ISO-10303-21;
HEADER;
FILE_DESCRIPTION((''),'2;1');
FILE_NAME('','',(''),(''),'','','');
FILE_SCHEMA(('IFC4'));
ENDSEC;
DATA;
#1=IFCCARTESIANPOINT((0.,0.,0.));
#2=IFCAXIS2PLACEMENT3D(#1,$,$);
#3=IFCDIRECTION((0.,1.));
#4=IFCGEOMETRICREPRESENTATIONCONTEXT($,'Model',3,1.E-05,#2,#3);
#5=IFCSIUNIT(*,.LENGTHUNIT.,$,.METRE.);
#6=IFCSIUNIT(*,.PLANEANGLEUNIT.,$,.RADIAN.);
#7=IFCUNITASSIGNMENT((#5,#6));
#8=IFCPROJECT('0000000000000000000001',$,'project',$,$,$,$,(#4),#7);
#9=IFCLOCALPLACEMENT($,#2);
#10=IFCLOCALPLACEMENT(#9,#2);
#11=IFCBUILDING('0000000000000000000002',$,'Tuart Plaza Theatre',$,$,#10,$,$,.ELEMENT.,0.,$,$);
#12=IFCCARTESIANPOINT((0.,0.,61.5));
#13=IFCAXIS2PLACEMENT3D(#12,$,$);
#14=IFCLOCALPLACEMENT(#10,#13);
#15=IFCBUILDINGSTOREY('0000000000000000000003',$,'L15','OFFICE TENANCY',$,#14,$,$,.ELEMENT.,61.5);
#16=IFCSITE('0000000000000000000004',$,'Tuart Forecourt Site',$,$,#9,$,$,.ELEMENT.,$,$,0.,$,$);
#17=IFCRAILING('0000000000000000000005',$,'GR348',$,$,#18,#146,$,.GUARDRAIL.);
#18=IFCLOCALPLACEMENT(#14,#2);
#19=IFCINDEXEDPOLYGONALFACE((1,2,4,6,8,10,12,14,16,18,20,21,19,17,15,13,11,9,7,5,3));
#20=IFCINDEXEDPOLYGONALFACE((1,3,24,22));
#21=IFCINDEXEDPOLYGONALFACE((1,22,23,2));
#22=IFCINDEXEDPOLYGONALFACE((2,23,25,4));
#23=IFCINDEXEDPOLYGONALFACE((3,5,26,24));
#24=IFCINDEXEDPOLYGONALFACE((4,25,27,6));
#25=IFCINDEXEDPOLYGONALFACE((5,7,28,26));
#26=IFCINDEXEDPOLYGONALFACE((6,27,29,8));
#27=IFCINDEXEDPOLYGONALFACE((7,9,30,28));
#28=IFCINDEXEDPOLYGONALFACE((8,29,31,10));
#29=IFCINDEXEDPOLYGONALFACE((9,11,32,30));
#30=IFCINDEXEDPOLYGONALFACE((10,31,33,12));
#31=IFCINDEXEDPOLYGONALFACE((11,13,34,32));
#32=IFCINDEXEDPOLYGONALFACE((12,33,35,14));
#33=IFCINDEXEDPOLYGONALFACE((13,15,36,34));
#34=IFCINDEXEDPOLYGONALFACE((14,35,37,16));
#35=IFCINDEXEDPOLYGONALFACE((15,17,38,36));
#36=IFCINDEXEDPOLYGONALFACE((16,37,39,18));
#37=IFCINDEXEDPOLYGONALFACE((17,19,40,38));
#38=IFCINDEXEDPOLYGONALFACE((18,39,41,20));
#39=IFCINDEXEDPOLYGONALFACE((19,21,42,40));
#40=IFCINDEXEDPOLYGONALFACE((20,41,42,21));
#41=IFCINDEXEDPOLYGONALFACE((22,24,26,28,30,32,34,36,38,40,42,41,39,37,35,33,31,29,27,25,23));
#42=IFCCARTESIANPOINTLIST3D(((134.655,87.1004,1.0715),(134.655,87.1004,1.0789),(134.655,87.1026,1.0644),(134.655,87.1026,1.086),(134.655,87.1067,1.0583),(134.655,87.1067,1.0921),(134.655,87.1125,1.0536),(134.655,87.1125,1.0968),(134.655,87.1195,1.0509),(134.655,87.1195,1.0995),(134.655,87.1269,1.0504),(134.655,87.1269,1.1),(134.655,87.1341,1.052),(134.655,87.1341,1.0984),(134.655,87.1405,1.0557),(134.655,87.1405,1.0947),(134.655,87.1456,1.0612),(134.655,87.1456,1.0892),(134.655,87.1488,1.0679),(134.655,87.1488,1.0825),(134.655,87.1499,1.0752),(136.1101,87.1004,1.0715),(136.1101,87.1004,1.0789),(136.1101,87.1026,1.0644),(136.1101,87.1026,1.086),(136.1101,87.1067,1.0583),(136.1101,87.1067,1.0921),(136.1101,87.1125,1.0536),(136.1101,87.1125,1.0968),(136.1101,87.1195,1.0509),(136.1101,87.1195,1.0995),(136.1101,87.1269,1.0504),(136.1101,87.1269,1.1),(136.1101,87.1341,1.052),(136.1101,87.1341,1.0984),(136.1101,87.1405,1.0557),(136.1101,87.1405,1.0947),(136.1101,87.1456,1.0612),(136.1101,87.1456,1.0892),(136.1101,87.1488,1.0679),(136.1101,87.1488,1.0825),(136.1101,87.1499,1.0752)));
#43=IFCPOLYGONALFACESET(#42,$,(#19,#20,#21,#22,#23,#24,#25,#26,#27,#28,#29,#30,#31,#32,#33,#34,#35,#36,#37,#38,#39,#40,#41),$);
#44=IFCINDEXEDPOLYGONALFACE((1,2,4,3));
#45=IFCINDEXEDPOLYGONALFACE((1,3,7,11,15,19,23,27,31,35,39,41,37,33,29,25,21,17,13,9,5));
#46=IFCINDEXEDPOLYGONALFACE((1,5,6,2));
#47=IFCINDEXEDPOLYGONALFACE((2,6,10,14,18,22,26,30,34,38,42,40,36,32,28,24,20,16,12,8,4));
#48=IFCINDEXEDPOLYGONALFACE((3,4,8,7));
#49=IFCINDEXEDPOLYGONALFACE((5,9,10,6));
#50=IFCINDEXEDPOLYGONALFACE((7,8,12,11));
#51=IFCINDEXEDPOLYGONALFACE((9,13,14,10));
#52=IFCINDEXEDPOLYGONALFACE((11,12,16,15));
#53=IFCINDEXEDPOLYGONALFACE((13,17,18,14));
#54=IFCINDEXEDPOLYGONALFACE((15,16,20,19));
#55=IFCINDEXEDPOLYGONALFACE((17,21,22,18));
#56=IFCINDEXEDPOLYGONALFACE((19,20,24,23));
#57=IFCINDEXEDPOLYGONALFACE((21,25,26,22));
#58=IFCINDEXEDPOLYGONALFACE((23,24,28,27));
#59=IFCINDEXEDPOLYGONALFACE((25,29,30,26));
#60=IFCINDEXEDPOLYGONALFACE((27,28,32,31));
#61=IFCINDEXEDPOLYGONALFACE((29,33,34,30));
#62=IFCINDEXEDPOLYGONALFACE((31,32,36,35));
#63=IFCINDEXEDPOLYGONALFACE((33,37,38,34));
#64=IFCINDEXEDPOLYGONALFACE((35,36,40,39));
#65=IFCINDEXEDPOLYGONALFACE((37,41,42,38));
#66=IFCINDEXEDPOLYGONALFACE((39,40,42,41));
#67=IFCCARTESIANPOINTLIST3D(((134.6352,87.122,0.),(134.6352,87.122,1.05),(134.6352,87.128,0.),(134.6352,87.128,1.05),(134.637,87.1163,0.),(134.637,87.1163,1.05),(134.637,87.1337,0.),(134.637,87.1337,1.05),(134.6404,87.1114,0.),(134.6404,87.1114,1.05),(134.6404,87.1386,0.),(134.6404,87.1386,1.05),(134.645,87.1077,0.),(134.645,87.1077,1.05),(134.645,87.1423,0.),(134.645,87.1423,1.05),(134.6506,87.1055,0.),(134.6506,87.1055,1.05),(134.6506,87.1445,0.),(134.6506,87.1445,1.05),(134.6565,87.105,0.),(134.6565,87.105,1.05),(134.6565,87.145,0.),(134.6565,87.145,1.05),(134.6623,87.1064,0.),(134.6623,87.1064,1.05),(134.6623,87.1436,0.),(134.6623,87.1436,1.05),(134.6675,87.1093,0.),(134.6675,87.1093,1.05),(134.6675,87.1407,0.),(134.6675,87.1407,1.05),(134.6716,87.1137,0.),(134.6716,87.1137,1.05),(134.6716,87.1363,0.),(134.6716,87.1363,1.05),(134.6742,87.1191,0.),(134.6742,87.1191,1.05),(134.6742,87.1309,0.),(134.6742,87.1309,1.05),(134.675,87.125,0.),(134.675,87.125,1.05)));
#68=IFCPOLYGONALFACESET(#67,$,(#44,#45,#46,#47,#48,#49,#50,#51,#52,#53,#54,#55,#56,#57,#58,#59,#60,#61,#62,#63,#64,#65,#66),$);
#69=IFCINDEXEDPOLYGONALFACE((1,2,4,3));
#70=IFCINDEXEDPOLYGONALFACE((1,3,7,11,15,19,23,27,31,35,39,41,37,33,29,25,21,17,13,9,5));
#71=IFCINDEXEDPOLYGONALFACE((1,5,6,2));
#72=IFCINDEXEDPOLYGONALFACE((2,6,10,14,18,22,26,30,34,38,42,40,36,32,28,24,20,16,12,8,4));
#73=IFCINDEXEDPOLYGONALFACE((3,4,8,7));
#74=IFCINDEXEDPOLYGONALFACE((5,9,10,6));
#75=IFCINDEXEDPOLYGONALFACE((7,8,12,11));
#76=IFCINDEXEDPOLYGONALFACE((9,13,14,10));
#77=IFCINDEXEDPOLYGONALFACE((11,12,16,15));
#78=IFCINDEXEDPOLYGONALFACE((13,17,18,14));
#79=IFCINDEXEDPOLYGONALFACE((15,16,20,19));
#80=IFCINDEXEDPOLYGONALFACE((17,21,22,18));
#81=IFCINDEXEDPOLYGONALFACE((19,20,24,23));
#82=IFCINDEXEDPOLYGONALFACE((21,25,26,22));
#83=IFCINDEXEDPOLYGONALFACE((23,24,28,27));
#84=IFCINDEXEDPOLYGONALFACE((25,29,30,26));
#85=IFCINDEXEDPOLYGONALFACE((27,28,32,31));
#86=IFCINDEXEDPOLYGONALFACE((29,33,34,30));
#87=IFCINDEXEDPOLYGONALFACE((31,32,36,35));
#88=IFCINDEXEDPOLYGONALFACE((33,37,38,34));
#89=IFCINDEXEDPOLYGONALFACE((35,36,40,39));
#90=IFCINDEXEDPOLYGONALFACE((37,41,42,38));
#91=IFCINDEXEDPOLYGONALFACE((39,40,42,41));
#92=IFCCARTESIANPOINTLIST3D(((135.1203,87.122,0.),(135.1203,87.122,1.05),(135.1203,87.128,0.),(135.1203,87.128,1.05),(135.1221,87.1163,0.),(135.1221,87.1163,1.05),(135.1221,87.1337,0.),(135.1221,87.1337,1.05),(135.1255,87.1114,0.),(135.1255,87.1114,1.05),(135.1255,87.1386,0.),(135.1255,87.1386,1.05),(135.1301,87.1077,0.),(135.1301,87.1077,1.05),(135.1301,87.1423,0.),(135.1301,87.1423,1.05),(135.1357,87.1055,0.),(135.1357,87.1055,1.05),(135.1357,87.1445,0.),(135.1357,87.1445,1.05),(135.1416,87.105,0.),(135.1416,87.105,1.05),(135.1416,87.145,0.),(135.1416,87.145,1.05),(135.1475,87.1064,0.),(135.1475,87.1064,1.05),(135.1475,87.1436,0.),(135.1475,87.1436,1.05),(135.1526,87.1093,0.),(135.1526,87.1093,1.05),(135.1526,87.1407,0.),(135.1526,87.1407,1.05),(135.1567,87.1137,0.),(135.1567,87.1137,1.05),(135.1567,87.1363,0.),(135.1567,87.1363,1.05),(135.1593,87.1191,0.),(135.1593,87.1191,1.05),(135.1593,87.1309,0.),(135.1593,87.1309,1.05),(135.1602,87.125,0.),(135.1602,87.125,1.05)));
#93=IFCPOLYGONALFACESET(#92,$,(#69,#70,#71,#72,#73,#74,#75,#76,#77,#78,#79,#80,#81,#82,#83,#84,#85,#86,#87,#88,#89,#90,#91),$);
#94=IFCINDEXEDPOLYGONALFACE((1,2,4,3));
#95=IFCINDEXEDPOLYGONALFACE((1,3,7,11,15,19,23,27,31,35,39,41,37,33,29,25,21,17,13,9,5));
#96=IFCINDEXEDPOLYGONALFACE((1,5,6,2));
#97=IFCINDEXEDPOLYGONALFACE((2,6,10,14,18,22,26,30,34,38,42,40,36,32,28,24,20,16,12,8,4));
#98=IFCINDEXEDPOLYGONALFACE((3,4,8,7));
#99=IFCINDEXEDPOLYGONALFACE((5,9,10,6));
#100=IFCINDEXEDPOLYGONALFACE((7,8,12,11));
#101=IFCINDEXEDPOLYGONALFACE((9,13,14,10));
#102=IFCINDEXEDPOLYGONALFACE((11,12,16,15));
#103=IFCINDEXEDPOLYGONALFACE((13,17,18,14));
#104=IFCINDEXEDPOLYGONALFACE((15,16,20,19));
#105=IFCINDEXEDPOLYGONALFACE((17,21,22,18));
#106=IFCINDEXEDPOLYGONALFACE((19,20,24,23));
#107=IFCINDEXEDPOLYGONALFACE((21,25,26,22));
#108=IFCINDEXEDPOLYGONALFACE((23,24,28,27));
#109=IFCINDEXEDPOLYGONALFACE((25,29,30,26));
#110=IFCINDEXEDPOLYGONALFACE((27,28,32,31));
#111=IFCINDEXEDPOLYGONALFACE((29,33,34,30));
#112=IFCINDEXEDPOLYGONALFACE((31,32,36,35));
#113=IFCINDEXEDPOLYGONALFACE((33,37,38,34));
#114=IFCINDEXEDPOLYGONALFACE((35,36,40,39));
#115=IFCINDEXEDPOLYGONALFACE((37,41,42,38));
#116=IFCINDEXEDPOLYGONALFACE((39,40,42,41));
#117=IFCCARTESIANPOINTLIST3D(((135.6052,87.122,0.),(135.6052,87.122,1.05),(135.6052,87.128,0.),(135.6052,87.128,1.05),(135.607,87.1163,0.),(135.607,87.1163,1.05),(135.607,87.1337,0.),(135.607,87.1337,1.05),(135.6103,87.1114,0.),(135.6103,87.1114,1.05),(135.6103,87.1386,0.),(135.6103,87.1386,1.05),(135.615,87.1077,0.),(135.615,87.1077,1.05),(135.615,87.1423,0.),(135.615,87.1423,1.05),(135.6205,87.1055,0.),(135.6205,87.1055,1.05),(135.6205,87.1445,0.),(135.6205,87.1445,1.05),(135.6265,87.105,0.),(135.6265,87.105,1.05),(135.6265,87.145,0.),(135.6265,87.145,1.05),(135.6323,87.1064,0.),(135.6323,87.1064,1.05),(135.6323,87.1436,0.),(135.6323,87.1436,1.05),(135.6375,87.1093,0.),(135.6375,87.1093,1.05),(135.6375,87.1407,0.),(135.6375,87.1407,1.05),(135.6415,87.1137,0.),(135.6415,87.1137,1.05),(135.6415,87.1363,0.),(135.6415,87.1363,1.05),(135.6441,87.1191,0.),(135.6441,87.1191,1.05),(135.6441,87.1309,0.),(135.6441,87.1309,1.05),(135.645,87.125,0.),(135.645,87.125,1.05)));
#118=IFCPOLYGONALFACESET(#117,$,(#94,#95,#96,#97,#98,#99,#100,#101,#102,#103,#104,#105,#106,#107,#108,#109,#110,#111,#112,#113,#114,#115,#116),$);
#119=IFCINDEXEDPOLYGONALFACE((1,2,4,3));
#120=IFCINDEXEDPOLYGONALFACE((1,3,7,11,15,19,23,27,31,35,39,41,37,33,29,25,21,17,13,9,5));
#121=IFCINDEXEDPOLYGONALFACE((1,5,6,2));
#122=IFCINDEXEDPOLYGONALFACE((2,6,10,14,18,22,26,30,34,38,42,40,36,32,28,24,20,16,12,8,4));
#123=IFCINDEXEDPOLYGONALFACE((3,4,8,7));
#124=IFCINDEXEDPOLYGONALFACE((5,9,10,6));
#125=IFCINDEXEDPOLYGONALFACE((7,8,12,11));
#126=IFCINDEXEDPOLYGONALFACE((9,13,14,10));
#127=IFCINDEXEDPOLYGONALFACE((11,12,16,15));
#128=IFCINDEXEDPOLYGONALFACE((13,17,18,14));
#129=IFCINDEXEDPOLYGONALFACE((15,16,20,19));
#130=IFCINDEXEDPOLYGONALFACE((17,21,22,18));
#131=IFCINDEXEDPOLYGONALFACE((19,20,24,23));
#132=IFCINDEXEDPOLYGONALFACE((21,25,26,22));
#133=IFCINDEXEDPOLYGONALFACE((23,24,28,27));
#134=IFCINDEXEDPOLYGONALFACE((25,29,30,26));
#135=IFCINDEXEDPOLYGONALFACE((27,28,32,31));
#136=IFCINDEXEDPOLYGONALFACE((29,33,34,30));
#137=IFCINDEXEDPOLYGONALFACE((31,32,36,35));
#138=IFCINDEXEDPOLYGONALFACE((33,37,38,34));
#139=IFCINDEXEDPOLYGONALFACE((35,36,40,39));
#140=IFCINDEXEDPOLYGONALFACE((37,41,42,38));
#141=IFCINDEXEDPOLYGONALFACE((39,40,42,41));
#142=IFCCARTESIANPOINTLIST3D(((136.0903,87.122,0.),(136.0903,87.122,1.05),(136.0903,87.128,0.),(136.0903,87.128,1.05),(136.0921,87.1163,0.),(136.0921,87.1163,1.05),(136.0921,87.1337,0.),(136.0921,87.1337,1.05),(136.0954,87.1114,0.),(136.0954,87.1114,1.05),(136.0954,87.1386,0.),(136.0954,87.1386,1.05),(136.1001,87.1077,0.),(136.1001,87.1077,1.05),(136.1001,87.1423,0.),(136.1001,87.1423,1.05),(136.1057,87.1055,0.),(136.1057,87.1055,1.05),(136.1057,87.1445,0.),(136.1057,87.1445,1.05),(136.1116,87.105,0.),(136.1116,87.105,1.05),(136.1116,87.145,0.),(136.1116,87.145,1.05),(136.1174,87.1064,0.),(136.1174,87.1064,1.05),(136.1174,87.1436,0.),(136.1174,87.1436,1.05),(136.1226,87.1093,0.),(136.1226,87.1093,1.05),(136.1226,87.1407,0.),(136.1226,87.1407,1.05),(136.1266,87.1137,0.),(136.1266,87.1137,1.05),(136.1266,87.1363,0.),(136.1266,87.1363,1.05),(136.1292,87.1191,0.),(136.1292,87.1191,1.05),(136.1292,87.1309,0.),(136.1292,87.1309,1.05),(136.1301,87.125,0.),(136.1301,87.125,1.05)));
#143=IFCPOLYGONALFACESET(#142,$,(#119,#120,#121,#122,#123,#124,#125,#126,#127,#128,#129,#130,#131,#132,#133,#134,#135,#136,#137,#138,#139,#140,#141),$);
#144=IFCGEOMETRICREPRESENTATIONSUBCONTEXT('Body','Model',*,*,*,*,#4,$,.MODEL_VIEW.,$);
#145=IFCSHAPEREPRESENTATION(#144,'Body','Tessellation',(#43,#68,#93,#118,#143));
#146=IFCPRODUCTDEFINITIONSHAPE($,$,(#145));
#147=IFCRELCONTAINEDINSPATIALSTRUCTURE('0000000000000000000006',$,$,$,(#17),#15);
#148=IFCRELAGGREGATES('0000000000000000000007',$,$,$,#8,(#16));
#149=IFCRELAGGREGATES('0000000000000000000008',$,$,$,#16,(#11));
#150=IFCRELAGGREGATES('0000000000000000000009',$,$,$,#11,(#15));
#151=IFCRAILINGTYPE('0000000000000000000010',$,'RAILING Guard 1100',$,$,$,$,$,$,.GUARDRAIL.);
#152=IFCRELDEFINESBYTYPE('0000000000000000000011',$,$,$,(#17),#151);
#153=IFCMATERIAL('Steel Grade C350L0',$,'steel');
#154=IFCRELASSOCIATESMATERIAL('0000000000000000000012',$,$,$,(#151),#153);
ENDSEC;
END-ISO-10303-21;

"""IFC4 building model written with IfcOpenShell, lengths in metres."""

from ifc_helpers import new_model, si_unit, direction, frame, origin, origin_2d, place, context, subcontext, project, spatial, circle, extrude, material, type_object, element, save


model = new_model("IFC4")

# Units and contexts
model_context = context("Model", 3, precision=1e-05, world=origin(), true_north=direction((0.0, 1.0)))
body_context = subcontext(model_context, "Body", "Model", "MODEL_VIEW")
ifc_project = project(units=[si_unit("LENGTHUNIT", "METRE"), si_unit("PLANEANGLEUNIT", "RADIAN")], contexts=[model_context])

# Site, building, storey
site_placement = place(None, origin())
site = spatial("IfcSite", under=ifc_project, at=site_placement, Name="Tuart Forecourt Site", CompositionType="ELEMENT", RefElevation=0.0)
building_placement = place(site_placement, origin())
building = spatial("IfcBuilding", under=site, at=building_placement, Name="Tuart Plaza Theatre", CompositionType="ELEMENT", ElevationOfRefHeight=0.0)
storey_placement = place(building_placement, frame((0.0, 0.0, 61.5)))
storey = spatial("IfcBuildingStorey", under=building, at=storey_placement, Name="L15", Description="OFFICE TENANCY", CompositionType="ELEMENT", Elevation=61.5)

# Railing
ifc_material_1 = material(Name="Steel Grade C350L0", Category="steel")
railing_type_1 = type_object("IfcRailingType", Name="RAILING Guard 1100", PredefinedType="GUARDRAIL", material=ifc_material_1)
railing_1_placement = place(storey_placement, frame((134.655, 87.125, 0.0)))
element("IfcRailing", 1, at=railing_1_placement, inside=storey, type_object=railing_type_1, Name="GR348", PredefinedType="GUARDRAIL", context=body_context, shape_type="SweptSolid", body=[
    extrude(circle(Radius=0.0249, at=origin_2d()), frame((0.0, 0.0, 1.0752), z_axis=(1.0, 0.0, 0.0), x_axis=(0.0, 1.0, 0.0)), (0.0, 0.0, 1.0), 1.4551),
    extrude(circle(Radius=0.02, at=origin_2d()), origin(), (0.0, 0.0, 1.0), 1.05),
    extrude(circle(Radius=0.02, at=origin_2d()), frame((0.4851, 0.0, 0.0)), (0.0, 0.0, 1.0), 1.05),
    extrude(circle(Radius=0.02, at=origin_2d()), frame((0.97, 0.0, 0.0)), (0.0, 0.0, 1.0), 1.05),
    extrude(circle(Radius=0.02, at=origin_2d()), frame((1.4551, 0.0, 0.0)), (0.0, 0.0, 1.0), 1.05),
])

save(model, "model.ifc")
